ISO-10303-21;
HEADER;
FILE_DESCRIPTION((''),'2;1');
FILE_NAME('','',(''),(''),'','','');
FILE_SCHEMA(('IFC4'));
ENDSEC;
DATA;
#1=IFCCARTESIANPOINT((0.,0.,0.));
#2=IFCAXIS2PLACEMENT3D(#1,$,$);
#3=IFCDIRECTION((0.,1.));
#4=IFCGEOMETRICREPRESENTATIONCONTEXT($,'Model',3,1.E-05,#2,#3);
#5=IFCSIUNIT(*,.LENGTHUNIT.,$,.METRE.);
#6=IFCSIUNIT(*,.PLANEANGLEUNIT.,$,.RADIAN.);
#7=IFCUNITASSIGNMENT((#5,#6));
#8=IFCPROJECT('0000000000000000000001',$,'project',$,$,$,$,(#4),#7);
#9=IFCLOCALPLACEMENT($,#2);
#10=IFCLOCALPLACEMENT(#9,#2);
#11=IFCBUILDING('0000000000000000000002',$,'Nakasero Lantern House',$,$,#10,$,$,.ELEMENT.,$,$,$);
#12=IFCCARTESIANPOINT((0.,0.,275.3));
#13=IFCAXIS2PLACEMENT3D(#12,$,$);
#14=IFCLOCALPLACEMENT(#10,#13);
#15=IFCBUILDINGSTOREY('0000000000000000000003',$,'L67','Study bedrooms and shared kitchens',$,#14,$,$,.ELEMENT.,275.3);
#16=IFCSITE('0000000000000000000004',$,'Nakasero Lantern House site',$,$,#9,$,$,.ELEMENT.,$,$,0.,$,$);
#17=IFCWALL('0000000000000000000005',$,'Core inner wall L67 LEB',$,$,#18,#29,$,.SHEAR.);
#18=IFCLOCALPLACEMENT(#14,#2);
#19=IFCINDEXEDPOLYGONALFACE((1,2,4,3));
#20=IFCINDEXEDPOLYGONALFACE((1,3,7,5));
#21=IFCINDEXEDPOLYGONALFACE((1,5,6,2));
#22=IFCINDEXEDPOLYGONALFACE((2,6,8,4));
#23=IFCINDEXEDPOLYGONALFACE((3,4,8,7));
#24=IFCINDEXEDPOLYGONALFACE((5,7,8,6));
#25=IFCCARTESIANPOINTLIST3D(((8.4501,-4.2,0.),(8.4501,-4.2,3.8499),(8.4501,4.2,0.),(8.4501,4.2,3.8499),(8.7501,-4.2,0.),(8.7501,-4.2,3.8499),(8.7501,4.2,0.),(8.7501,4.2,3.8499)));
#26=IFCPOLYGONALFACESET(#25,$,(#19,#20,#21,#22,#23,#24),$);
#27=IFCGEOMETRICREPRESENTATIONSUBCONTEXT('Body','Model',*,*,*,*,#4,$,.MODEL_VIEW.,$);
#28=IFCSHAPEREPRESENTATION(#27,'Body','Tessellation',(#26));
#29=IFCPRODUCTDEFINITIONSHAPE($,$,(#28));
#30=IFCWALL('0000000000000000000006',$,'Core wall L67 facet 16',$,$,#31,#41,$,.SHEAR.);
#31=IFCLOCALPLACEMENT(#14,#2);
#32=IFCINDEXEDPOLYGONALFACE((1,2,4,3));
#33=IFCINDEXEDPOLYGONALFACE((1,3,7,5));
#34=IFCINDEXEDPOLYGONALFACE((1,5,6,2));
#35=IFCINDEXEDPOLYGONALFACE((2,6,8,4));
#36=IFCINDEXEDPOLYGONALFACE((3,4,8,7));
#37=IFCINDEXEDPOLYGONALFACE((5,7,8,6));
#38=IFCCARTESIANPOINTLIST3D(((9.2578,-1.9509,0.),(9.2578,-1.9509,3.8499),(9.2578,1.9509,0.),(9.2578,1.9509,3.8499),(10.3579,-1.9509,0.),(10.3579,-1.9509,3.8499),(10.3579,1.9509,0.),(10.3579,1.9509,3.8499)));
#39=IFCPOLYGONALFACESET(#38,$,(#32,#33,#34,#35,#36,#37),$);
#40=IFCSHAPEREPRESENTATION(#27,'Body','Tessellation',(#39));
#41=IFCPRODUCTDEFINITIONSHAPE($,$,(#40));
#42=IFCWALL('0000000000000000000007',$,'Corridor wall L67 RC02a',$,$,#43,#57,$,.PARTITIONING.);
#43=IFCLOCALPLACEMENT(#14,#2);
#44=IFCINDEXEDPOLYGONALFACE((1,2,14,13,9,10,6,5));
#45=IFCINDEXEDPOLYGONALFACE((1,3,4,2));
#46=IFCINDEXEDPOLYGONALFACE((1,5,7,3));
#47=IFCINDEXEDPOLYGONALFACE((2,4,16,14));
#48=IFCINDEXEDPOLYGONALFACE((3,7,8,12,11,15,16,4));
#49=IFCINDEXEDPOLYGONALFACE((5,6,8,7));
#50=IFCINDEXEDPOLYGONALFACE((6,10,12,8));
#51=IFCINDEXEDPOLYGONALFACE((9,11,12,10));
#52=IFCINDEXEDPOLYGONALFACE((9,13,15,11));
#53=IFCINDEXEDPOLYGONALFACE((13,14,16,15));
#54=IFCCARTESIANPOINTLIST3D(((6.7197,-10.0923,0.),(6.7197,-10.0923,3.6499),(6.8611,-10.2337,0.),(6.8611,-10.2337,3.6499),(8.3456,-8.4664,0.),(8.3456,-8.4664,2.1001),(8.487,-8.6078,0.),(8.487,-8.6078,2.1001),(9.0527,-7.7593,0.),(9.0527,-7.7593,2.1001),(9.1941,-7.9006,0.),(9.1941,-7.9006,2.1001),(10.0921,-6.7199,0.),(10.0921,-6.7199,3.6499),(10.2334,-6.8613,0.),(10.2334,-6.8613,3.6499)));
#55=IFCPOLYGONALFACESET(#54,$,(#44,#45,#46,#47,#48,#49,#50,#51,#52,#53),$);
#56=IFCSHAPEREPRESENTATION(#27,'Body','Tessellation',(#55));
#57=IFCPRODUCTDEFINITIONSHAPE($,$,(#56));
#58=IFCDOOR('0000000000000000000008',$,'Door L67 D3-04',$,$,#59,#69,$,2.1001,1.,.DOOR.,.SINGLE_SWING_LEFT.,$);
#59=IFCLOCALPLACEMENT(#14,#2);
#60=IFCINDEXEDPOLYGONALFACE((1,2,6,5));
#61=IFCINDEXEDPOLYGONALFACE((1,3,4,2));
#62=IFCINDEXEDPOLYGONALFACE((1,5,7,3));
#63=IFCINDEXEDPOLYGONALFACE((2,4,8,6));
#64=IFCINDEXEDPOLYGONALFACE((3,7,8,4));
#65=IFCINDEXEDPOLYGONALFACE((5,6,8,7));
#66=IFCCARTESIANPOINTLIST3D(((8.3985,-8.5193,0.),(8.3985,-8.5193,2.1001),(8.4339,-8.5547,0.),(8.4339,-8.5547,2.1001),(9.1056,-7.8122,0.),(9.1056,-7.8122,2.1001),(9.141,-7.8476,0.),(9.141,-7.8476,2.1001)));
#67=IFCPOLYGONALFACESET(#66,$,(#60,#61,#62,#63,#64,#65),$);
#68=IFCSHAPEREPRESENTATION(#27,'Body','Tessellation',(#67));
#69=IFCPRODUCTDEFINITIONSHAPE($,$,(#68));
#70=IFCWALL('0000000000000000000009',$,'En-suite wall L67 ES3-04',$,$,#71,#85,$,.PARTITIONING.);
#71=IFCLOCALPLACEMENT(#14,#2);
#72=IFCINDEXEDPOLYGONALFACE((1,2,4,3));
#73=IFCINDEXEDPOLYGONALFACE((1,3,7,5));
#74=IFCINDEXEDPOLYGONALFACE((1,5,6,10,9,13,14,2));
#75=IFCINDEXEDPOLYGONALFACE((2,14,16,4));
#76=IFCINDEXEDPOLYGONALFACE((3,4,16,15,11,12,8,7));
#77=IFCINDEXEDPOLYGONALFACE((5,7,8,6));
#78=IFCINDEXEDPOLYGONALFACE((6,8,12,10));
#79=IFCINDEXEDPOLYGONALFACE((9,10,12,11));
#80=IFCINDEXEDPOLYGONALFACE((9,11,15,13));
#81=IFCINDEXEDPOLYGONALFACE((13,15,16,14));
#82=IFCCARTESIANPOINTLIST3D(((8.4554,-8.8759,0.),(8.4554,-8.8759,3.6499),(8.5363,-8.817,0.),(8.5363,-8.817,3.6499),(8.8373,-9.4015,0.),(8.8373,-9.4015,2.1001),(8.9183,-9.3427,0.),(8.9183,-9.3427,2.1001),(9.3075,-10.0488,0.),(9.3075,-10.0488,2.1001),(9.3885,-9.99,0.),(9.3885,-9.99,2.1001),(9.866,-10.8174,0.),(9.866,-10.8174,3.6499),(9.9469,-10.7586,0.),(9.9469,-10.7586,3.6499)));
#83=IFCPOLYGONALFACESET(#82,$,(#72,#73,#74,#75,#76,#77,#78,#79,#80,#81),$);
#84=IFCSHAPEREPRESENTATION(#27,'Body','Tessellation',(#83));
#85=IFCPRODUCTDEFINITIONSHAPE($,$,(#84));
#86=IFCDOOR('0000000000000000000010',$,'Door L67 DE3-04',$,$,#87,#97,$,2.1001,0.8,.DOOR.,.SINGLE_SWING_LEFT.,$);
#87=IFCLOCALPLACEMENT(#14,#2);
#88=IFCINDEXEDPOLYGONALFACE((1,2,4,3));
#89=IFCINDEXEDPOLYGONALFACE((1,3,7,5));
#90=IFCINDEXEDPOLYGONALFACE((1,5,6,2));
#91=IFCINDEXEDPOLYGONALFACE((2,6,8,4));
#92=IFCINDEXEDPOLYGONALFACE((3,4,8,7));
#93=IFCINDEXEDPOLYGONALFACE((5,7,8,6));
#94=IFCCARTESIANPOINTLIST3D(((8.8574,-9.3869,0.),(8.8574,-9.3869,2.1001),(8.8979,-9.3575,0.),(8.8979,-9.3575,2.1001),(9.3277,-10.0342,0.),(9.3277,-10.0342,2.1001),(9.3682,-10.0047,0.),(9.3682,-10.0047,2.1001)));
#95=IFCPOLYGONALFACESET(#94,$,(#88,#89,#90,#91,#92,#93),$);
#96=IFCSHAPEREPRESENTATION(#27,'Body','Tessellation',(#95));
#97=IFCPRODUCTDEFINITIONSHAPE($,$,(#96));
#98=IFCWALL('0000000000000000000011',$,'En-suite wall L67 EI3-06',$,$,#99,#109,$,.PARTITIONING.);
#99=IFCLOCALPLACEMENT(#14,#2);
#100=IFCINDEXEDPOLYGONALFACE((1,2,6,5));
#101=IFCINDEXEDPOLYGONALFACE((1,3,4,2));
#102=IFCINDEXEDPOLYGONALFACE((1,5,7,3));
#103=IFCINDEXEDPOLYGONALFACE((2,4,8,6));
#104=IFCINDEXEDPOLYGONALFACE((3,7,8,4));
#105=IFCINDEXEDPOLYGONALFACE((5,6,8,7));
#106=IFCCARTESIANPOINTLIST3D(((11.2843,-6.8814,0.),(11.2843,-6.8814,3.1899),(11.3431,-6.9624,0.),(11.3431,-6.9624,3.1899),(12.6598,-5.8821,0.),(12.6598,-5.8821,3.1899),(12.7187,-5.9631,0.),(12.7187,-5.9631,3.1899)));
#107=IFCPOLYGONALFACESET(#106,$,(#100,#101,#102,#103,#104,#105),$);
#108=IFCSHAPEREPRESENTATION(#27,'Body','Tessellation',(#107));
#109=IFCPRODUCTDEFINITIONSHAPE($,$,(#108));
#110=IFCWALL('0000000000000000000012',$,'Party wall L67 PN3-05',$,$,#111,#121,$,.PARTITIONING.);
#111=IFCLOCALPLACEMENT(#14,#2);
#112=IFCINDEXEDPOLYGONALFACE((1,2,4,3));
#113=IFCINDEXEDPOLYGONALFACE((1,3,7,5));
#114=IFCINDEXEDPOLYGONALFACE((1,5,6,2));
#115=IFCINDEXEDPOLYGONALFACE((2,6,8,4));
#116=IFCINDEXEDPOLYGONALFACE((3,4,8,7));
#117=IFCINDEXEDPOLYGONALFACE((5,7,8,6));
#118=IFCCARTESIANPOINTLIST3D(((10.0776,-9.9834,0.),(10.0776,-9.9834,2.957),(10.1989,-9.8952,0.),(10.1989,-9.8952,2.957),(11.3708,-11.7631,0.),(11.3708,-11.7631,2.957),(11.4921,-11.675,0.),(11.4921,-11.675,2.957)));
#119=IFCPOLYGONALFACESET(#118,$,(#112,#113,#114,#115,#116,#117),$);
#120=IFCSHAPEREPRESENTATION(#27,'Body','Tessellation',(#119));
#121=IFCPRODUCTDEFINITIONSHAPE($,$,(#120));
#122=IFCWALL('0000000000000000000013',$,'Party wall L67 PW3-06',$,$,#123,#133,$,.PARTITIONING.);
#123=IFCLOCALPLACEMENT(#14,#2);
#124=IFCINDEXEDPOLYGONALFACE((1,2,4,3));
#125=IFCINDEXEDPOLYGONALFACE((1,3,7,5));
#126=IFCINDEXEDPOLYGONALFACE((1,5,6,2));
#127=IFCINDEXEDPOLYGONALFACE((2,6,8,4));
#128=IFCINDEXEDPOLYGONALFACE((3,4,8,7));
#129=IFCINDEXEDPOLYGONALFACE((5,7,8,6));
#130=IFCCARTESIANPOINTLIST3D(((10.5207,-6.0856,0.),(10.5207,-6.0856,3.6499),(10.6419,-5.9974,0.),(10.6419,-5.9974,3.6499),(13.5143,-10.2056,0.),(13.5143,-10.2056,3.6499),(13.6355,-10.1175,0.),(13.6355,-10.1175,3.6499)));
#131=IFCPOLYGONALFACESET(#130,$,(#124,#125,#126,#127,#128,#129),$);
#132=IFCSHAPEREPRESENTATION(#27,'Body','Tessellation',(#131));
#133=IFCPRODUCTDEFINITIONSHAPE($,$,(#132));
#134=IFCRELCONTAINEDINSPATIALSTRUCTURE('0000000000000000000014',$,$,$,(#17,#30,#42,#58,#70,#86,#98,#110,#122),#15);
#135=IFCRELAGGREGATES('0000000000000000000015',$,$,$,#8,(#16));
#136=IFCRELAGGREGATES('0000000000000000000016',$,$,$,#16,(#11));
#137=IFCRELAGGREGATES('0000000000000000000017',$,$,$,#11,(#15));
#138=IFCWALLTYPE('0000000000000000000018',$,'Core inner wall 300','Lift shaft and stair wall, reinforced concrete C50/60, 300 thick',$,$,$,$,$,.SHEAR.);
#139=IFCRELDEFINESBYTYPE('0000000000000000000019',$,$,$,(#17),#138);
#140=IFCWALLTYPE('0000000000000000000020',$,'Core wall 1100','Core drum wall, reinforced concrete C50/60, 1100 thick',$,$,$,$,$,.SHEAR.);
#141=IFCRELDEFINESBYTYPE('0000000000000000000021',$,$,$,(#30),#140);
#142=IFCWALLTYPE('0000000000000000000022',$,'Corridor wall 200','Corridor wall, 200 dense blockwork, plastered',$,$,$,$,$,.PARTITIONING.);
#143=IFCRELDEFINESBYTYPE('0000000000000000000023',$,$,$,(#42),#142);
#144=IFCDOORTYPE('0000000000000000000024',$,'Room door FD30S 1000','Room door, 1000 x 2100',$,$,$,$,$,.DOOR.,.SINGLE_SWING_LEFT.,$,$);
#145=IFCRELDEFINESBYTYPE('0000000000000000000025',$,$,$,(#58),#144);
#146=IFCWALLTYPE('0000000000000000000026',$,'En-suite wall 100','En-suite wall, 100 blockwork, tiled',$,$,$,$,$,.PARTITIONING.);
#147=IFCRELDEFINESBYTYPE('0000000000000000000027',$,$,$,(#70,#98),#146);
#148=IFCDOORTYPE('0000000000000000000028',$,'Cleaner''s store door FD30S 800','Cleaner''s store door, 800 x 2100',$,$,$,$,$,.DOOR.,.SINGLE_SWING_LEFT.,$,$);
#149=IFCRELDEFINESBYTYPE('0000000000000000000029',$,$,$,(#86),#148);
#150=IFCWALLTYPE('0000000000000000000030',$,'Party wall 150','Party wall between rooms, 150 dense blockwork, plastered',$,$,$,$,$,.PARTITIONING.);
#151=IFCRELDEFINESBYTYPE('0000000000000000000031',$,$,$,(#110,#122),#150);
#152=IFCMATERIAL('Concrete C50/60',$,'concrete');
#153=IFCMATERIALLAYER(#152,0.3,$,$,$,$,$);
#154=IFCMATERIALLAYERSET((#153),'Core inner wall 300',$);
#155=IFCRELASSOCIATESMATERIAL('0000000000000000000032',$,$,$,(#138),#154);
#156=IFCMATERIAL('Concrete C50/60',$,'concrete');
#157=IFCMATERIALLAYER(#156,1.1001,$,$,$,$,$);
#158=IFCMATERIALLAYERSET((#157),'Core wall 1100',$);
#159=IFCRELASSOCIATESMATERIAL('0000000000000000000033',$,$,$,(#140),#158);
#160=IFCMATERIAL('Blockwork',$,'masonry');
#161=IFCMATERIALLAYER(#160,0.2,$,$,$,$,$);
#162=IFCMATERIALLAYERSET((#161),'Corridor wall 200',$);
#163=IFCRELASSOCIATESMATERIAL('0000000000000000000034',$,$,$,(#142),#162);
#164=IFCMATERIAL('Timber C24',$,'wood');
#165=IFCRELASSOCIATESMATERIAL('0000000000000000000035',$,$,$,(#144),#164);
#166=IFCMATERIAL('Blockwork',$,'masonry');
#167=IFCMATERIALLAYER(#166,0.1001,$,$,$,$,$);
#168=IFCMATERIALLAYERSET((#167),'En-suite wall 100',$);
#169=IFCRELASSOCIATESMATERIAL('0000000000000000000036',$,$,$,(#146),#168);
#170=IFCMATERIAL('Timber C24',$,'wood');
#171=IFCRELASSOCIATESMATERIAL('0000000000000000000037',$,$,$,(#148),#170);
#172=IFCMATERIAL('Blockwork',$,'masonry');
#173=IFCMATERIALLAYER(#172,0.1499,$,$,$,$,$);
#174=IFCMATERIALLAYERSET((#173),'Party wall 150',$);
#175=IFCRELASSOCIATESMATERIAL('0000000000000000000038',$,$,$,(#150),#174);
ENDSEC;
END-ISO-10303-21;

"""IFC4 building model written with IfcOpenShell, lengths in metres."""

from ifc_helpers import new_model, si_unit, direction, frame, frame_2d, origin, place, context, subcontext, project, spatial, rectangle, extrude, material, layer, layer_set, type_object, element, fill, save


model = new_model("IFC4")

# Units and contexts
model_context = context("Model", 3, precision=1e-05, world=origin(), true_north=direction((0.0, 1.0)))
body_context = subcontext(model_context, "Body", "Model", "MODEL_VIEW")
ifc_project = project(units=[si_unit("LENGTHUNIT", "METRE"), si_unit("PLANEANGLEUNIT", "RADIAN")], contexts=[model_context])

# Site, building, storey
site_placement = place(None, origin())
site = spatial("IfcSite", under=ifc_project, at=site_placement, Name="Nakasero Lantern House site", CompositionType="ELEMENT", RefElevation=0.0)
building_placement = place(site_placement, origin())
building = spatial("IfcBuilding", under=site, at=building_placement, Name="Nakasero Lantern House", CompositionType="ELEMENT")
storey_placement = place(building_placement, frame((0.0, 0.0, 275.3)))
storey = spatial("IfcBuildingStorey", under=building, at=storey_placement, Name="L67", Description="Study bedrooms and shared kitchens", CompositionType="ELEMENT", Elevation=275.3)

# Walls
ifc_material_1 = material(Name="Concrete C50/60", Category="concrete")
ifc_layer_1 = layer(ifc_material_1, 0.3)
ifc_layer_set_1 = layer_set([ifc_layer_1], Name="Core inner wall 300")
wall_type_1 = type_object("IfcWallType", Name="Core inner wall 300", Description="Lift shaft and stair wall, reinforced concrete C50/60, 300 thick", PredefinedType="SHEAR", material=ifc_layer_set_1)
wall_1_placement = place(storey_placement, frame((8.6001, -4.2, 0.0), z_axis=(0.0, 0.0, 1.0), x_axis=(0.0, 1.0, 0.0)))
element("IfcWall", 1, at=wall_1_placement, inside=storey, type_object=wall_type_1, Name="Core inner wall L67 LEB", PredefinedType="SHEAR", context=body_context, shape_type="SweptSolid", body=[
    extrude(rectangle(XDim=8.3999, YDim=0.3, at=frame_2d((4.2, 0.0))), origin(), (0.0, 0.0, 1.0), 3.8499),
])
ifc_material_2 = material(Name="Concrete C50/60", Category="concrete")
ifc_layer_2 = layer(ifc_material_2, 1.1001)
ifc_layer_set_2 = layer_set([ifc_layer_2], Name="Core wall 1100")
wall_type_2 = type_object("IfcWallType", Name="Core wall 1100", Description="Core drum wall, reinforced concrete C50/60, 1100 thick", PredefinedType="SHEAR", material=ifc_layer_set_2)
wall_2_placement = place(storey_placement, frame((9.8079, -1.9509, 0.0), z_axis=(0.0, 0.0, 1.0), x_axis=(0.0, 1.0, 0.0)))
element("IfcWall", 2, at=wall_2_placement, inside=storey, type_object=wall_type_2, Name="Core wall L67 facet 16", PredefinedType="SHEAR", context=body_context, shape_type="SweptSolid", body=[
    extrude(rectangle(XDim=3.9019, YDim=1.1001, at=frame_2d((1.9509, 0.0))), origin(), (0.0, 0.0, 1.0), 3.8499),
])

# Walls, openings, doors
ifc_material_3 = material(Name="Blockwork", Category="masonry")
ifc_layer_3 = layer(ifc_material_3, 0.2)
ifc_layer_set_3 = layer_set([ifc_layer_3], Name="Corridor wall 200")
wall_type_3 = type_object("IfcWallType", Name="Corridor wall 200", Description="Corridor wall, 200 dense blockwork, plastered", PredefinedType="PARTITIONING", material=ifc_layer_set_3)
wall_3_placement = place(storey_placement, frame((10.1628, -6.7905, 0.0), z_axis=(0.0, 0.0, 1.0), x_axis=(-0.707107, -0.707107, 0.0)))
wall_3 = element("IfcWall", 3, at=wall_3_placement, inside=storey, type_object=wall_type_3, Name="Corridor wall L67 RC02a", PredefinedType="PARTITIONING", context=body_context, shape_type="SweptSolid", body=[
    extrude(rectangle(XDim=4.7693, YDim=0.2, at=frame_2d((2.3848, 0.0))), origin(), (0.0, 0.0, 1.0), 3.6499),
])
opening_1_placement = place(wall_3_placement, frame((1.47, 0.0, 0.0)))
opening_1 = element("IfcOpeningElement", 4, at=opening_1_placement, cuts=wall_3, PredefinedType="OPENING", context=body_context, shape_type="SweptSolid", body=[
    extrude(rectangle(XDim=1.0, YDim=2.1001, at=frame_2d((0.5, 1.05))), frame((0.0, 0.1199, 0.0), z_axis=(0.0, -1.0, 0.0), x_axis=(1.0, 0.0, 0.0)), (0.0, 0.0, 1.0), 0.24),
])
ifc_material_4 = material(Name="Timber C24", Category="wood")
door_type_1 = type_object("IfcDoorType", Name="Room door FD30S 1000", Description="Room door, 1000 x 2100", OperationType="SINGLE_SWING_LEFT", PredefinedType="DOOR", material=ifc_material_4)
door_1_placement = place(opening_1_placement, origin())
door_1 = element("IfcDoor", 5, at=door_1_placement, inside=storey, type_object=door_type_1, Name="Door L67 D3-04", OperationType="SINGLE_SWING_LEFT", OverallHeight=2.1001, OverallWidth=1.0, PredefinedType="DOOR", context=body_context, shape_type="SweptSolid", body=[
    extrude(rectangle(XDim=1.0, YDim=2.1001, at=frame_2d((0.5, 1.05))), frame((0.0, 0.0249, 0.0), z_axis=(0.0, -1.0, 0.0), x_axis=(1.0, 0.0, 0.0)), (0.0, 0.0, 1.0), 0.05),
])
fill(opening_1, door_1)
ifc_material_5 = material(Name="Blockwork", Category="masonry")
ifc_layer_4 = layer(ifc_material_5, 0.1001)
ifc_layer_set_4 = layer_set([ifc_layer_4], Name="En-suite wall 100")
wall_type_4 = type_object("IfcWallType", Name="En-suite wall 100", Description="En-suite wall, 100 blockwork, tiled", PredefinedType="PARTITIONING", material=ifc_layer_set_4)
wall_4_placement = place(storey_placement, frame((8.4958, -8.8464, 0.0), z_axis=(0.0, 0.0, 1.0), x_axis=(0.587772, -0.809026, 0.0)))
wall_4 = element("IfcWall", 6, at=wall_4_placement, inside=storey, type_object=wall_type_4, Name="En-suite wall L67 ES3-04", PredefinedType="PARTITIONING", context=body_context, shape_type="SweptSolid", body=[
    extrude(rectangle(XDim=2.3999, YDim=0.1001, at=frame_2d((1.2, 0.0))), origin(), (0.0, 0.0, 1.0), 3.6499),
])
opening_2_placement = place(wall_4_placement, frame((0.6499, 0.0, 0.0)))
opening_2 = element("IfcOpeningElement", 7, at=opening_2_placement, cuts=wall_4, PredefinedType="OPENING", context=body_context, shape_type="SweptSolid", body=[
    extrude(rectangle(XDim=0.8, YDim=2.1001, at=frame_2d((0.3999, 1.05))), frame((0.0, 0.0701, 0.0), z_axis=(0.0, -1.0, 0.0), x_axis=(1.0, 0.0, 0.0)), (0.0, 0.0, 1.0), 0.1401),
])
ifc_material_6 = material(Name="Timber C24", Category="wood")
door_type_2 = type_object("IfcDoorType", Name="Cleaner's store door FD30S 800", Description="Cleaner's store door, 800 x 2100", OperationType="SINGLE_SWING_LEFT", PredefinedType="DOOR", material=ifc_material_6)
door_2_placement = place(opening_2_placement, origin())
door_2 = element("IfcDoor", 8, at=door_2_placement, inside=storey, type_object=door_type_2, Name="Door L67 DE3-04", OperationType="SINGLE_SWING_LEFT", OverallHeight=2.1001, OverallWidth=0.8, PredefinedType="DOOR", context=body_context, shape_type="SweptSolid", body=[
    extrude(rectangle(XDim=0.8, YDim=2.1001, at=frame_2d((0.3999, 1.05))), frame((0.0, 0.0249, 0.0), z_axis=(0.0, -1.0, 0.0), x_axis=(1.0, 0.0, 0.0)), (0.0, 0.0, 1.0), 0.05),
])
fill(opening_2, door_2)

# Walls
wall_5_placement = place(storey_placement, frame((11.3137, -6.9219, 0.0), z_axis=(0.0, 0.0, 1.0), x_axis=(0.80904, 0.587753, 0.0)))
element("IfcWall", 9, at=wall_5_placement, inside=storey, type_object=wall_type_4, Name="En-suite wall L67 EI3-06", PredefinedType="PARTITIONING", context=body_context, shape_type="SweptSolid", body=[
    extrude(rectangle(XDim=1.7002, YDim=0.1001, at=frame_2d((0.8501, 0.0))), origin(), (0.0, 0.0, 1.0), 3.1899),
])
ifc_material_7 = material(Name="Blockwork", Category="masonry")
ifc_layer_5 = layer(ifc_material_7, 0.1499)
ifc_layer_set_5 = layer_set([ifc_layer_5], Name="Party wall 150")
wall_type_5 = type_object("IfcWallType", Name="Party wall 150", Description="Party wall between rooms, 150 dense blockwork, plastered", PredefinedType="PARTITIONING", material=ifc_layer_set_5)
wall_6_placement = place(storey_placement, frame((10.1382, -9.9392, 0.0), z_axis=(0.0, 0.0, 1.0), x_axis=(0.587822, -0.80899, 0.0)))
element("IfcWall", 10, at=wall_6_placement, inside=storey, type_object=wall_type_5, Name="Party wall L67 PN3-05", PredefinedType="PARTITIONING", context=body_context, shape_type="SweptSolid", body=[
    extrude(rectangle(XDim=2.2, YDim=0.1499, at=frame_2d((1.1001, 0.0))), origin(), (0.0, 0.0, 1.0), 2.957),
])
wall_7_placement = place(storey_placement, frame((10.5813, -6.0415, 0.0), z_axis=(0.0, 0.0, 1.0), x_axis=(0.587812, -0.808997, 0.0)))
element("IfcWall", 11, at=wall_7_placement, inside=storey, type_object=wall_type_5, Name="Party wall L67 PW3-06", PredefinedType="PARTITIONING", context=body_context, shape_type="SweptSolid", body=[
    extrude(rectangle(XDim=5.0928, YDim=0.1499, at=frame_2d((2.5464, 0.0))), origin(), (0.0, 0.0, 1.0), 3.6499),
])

save(model, "model.ifc")
